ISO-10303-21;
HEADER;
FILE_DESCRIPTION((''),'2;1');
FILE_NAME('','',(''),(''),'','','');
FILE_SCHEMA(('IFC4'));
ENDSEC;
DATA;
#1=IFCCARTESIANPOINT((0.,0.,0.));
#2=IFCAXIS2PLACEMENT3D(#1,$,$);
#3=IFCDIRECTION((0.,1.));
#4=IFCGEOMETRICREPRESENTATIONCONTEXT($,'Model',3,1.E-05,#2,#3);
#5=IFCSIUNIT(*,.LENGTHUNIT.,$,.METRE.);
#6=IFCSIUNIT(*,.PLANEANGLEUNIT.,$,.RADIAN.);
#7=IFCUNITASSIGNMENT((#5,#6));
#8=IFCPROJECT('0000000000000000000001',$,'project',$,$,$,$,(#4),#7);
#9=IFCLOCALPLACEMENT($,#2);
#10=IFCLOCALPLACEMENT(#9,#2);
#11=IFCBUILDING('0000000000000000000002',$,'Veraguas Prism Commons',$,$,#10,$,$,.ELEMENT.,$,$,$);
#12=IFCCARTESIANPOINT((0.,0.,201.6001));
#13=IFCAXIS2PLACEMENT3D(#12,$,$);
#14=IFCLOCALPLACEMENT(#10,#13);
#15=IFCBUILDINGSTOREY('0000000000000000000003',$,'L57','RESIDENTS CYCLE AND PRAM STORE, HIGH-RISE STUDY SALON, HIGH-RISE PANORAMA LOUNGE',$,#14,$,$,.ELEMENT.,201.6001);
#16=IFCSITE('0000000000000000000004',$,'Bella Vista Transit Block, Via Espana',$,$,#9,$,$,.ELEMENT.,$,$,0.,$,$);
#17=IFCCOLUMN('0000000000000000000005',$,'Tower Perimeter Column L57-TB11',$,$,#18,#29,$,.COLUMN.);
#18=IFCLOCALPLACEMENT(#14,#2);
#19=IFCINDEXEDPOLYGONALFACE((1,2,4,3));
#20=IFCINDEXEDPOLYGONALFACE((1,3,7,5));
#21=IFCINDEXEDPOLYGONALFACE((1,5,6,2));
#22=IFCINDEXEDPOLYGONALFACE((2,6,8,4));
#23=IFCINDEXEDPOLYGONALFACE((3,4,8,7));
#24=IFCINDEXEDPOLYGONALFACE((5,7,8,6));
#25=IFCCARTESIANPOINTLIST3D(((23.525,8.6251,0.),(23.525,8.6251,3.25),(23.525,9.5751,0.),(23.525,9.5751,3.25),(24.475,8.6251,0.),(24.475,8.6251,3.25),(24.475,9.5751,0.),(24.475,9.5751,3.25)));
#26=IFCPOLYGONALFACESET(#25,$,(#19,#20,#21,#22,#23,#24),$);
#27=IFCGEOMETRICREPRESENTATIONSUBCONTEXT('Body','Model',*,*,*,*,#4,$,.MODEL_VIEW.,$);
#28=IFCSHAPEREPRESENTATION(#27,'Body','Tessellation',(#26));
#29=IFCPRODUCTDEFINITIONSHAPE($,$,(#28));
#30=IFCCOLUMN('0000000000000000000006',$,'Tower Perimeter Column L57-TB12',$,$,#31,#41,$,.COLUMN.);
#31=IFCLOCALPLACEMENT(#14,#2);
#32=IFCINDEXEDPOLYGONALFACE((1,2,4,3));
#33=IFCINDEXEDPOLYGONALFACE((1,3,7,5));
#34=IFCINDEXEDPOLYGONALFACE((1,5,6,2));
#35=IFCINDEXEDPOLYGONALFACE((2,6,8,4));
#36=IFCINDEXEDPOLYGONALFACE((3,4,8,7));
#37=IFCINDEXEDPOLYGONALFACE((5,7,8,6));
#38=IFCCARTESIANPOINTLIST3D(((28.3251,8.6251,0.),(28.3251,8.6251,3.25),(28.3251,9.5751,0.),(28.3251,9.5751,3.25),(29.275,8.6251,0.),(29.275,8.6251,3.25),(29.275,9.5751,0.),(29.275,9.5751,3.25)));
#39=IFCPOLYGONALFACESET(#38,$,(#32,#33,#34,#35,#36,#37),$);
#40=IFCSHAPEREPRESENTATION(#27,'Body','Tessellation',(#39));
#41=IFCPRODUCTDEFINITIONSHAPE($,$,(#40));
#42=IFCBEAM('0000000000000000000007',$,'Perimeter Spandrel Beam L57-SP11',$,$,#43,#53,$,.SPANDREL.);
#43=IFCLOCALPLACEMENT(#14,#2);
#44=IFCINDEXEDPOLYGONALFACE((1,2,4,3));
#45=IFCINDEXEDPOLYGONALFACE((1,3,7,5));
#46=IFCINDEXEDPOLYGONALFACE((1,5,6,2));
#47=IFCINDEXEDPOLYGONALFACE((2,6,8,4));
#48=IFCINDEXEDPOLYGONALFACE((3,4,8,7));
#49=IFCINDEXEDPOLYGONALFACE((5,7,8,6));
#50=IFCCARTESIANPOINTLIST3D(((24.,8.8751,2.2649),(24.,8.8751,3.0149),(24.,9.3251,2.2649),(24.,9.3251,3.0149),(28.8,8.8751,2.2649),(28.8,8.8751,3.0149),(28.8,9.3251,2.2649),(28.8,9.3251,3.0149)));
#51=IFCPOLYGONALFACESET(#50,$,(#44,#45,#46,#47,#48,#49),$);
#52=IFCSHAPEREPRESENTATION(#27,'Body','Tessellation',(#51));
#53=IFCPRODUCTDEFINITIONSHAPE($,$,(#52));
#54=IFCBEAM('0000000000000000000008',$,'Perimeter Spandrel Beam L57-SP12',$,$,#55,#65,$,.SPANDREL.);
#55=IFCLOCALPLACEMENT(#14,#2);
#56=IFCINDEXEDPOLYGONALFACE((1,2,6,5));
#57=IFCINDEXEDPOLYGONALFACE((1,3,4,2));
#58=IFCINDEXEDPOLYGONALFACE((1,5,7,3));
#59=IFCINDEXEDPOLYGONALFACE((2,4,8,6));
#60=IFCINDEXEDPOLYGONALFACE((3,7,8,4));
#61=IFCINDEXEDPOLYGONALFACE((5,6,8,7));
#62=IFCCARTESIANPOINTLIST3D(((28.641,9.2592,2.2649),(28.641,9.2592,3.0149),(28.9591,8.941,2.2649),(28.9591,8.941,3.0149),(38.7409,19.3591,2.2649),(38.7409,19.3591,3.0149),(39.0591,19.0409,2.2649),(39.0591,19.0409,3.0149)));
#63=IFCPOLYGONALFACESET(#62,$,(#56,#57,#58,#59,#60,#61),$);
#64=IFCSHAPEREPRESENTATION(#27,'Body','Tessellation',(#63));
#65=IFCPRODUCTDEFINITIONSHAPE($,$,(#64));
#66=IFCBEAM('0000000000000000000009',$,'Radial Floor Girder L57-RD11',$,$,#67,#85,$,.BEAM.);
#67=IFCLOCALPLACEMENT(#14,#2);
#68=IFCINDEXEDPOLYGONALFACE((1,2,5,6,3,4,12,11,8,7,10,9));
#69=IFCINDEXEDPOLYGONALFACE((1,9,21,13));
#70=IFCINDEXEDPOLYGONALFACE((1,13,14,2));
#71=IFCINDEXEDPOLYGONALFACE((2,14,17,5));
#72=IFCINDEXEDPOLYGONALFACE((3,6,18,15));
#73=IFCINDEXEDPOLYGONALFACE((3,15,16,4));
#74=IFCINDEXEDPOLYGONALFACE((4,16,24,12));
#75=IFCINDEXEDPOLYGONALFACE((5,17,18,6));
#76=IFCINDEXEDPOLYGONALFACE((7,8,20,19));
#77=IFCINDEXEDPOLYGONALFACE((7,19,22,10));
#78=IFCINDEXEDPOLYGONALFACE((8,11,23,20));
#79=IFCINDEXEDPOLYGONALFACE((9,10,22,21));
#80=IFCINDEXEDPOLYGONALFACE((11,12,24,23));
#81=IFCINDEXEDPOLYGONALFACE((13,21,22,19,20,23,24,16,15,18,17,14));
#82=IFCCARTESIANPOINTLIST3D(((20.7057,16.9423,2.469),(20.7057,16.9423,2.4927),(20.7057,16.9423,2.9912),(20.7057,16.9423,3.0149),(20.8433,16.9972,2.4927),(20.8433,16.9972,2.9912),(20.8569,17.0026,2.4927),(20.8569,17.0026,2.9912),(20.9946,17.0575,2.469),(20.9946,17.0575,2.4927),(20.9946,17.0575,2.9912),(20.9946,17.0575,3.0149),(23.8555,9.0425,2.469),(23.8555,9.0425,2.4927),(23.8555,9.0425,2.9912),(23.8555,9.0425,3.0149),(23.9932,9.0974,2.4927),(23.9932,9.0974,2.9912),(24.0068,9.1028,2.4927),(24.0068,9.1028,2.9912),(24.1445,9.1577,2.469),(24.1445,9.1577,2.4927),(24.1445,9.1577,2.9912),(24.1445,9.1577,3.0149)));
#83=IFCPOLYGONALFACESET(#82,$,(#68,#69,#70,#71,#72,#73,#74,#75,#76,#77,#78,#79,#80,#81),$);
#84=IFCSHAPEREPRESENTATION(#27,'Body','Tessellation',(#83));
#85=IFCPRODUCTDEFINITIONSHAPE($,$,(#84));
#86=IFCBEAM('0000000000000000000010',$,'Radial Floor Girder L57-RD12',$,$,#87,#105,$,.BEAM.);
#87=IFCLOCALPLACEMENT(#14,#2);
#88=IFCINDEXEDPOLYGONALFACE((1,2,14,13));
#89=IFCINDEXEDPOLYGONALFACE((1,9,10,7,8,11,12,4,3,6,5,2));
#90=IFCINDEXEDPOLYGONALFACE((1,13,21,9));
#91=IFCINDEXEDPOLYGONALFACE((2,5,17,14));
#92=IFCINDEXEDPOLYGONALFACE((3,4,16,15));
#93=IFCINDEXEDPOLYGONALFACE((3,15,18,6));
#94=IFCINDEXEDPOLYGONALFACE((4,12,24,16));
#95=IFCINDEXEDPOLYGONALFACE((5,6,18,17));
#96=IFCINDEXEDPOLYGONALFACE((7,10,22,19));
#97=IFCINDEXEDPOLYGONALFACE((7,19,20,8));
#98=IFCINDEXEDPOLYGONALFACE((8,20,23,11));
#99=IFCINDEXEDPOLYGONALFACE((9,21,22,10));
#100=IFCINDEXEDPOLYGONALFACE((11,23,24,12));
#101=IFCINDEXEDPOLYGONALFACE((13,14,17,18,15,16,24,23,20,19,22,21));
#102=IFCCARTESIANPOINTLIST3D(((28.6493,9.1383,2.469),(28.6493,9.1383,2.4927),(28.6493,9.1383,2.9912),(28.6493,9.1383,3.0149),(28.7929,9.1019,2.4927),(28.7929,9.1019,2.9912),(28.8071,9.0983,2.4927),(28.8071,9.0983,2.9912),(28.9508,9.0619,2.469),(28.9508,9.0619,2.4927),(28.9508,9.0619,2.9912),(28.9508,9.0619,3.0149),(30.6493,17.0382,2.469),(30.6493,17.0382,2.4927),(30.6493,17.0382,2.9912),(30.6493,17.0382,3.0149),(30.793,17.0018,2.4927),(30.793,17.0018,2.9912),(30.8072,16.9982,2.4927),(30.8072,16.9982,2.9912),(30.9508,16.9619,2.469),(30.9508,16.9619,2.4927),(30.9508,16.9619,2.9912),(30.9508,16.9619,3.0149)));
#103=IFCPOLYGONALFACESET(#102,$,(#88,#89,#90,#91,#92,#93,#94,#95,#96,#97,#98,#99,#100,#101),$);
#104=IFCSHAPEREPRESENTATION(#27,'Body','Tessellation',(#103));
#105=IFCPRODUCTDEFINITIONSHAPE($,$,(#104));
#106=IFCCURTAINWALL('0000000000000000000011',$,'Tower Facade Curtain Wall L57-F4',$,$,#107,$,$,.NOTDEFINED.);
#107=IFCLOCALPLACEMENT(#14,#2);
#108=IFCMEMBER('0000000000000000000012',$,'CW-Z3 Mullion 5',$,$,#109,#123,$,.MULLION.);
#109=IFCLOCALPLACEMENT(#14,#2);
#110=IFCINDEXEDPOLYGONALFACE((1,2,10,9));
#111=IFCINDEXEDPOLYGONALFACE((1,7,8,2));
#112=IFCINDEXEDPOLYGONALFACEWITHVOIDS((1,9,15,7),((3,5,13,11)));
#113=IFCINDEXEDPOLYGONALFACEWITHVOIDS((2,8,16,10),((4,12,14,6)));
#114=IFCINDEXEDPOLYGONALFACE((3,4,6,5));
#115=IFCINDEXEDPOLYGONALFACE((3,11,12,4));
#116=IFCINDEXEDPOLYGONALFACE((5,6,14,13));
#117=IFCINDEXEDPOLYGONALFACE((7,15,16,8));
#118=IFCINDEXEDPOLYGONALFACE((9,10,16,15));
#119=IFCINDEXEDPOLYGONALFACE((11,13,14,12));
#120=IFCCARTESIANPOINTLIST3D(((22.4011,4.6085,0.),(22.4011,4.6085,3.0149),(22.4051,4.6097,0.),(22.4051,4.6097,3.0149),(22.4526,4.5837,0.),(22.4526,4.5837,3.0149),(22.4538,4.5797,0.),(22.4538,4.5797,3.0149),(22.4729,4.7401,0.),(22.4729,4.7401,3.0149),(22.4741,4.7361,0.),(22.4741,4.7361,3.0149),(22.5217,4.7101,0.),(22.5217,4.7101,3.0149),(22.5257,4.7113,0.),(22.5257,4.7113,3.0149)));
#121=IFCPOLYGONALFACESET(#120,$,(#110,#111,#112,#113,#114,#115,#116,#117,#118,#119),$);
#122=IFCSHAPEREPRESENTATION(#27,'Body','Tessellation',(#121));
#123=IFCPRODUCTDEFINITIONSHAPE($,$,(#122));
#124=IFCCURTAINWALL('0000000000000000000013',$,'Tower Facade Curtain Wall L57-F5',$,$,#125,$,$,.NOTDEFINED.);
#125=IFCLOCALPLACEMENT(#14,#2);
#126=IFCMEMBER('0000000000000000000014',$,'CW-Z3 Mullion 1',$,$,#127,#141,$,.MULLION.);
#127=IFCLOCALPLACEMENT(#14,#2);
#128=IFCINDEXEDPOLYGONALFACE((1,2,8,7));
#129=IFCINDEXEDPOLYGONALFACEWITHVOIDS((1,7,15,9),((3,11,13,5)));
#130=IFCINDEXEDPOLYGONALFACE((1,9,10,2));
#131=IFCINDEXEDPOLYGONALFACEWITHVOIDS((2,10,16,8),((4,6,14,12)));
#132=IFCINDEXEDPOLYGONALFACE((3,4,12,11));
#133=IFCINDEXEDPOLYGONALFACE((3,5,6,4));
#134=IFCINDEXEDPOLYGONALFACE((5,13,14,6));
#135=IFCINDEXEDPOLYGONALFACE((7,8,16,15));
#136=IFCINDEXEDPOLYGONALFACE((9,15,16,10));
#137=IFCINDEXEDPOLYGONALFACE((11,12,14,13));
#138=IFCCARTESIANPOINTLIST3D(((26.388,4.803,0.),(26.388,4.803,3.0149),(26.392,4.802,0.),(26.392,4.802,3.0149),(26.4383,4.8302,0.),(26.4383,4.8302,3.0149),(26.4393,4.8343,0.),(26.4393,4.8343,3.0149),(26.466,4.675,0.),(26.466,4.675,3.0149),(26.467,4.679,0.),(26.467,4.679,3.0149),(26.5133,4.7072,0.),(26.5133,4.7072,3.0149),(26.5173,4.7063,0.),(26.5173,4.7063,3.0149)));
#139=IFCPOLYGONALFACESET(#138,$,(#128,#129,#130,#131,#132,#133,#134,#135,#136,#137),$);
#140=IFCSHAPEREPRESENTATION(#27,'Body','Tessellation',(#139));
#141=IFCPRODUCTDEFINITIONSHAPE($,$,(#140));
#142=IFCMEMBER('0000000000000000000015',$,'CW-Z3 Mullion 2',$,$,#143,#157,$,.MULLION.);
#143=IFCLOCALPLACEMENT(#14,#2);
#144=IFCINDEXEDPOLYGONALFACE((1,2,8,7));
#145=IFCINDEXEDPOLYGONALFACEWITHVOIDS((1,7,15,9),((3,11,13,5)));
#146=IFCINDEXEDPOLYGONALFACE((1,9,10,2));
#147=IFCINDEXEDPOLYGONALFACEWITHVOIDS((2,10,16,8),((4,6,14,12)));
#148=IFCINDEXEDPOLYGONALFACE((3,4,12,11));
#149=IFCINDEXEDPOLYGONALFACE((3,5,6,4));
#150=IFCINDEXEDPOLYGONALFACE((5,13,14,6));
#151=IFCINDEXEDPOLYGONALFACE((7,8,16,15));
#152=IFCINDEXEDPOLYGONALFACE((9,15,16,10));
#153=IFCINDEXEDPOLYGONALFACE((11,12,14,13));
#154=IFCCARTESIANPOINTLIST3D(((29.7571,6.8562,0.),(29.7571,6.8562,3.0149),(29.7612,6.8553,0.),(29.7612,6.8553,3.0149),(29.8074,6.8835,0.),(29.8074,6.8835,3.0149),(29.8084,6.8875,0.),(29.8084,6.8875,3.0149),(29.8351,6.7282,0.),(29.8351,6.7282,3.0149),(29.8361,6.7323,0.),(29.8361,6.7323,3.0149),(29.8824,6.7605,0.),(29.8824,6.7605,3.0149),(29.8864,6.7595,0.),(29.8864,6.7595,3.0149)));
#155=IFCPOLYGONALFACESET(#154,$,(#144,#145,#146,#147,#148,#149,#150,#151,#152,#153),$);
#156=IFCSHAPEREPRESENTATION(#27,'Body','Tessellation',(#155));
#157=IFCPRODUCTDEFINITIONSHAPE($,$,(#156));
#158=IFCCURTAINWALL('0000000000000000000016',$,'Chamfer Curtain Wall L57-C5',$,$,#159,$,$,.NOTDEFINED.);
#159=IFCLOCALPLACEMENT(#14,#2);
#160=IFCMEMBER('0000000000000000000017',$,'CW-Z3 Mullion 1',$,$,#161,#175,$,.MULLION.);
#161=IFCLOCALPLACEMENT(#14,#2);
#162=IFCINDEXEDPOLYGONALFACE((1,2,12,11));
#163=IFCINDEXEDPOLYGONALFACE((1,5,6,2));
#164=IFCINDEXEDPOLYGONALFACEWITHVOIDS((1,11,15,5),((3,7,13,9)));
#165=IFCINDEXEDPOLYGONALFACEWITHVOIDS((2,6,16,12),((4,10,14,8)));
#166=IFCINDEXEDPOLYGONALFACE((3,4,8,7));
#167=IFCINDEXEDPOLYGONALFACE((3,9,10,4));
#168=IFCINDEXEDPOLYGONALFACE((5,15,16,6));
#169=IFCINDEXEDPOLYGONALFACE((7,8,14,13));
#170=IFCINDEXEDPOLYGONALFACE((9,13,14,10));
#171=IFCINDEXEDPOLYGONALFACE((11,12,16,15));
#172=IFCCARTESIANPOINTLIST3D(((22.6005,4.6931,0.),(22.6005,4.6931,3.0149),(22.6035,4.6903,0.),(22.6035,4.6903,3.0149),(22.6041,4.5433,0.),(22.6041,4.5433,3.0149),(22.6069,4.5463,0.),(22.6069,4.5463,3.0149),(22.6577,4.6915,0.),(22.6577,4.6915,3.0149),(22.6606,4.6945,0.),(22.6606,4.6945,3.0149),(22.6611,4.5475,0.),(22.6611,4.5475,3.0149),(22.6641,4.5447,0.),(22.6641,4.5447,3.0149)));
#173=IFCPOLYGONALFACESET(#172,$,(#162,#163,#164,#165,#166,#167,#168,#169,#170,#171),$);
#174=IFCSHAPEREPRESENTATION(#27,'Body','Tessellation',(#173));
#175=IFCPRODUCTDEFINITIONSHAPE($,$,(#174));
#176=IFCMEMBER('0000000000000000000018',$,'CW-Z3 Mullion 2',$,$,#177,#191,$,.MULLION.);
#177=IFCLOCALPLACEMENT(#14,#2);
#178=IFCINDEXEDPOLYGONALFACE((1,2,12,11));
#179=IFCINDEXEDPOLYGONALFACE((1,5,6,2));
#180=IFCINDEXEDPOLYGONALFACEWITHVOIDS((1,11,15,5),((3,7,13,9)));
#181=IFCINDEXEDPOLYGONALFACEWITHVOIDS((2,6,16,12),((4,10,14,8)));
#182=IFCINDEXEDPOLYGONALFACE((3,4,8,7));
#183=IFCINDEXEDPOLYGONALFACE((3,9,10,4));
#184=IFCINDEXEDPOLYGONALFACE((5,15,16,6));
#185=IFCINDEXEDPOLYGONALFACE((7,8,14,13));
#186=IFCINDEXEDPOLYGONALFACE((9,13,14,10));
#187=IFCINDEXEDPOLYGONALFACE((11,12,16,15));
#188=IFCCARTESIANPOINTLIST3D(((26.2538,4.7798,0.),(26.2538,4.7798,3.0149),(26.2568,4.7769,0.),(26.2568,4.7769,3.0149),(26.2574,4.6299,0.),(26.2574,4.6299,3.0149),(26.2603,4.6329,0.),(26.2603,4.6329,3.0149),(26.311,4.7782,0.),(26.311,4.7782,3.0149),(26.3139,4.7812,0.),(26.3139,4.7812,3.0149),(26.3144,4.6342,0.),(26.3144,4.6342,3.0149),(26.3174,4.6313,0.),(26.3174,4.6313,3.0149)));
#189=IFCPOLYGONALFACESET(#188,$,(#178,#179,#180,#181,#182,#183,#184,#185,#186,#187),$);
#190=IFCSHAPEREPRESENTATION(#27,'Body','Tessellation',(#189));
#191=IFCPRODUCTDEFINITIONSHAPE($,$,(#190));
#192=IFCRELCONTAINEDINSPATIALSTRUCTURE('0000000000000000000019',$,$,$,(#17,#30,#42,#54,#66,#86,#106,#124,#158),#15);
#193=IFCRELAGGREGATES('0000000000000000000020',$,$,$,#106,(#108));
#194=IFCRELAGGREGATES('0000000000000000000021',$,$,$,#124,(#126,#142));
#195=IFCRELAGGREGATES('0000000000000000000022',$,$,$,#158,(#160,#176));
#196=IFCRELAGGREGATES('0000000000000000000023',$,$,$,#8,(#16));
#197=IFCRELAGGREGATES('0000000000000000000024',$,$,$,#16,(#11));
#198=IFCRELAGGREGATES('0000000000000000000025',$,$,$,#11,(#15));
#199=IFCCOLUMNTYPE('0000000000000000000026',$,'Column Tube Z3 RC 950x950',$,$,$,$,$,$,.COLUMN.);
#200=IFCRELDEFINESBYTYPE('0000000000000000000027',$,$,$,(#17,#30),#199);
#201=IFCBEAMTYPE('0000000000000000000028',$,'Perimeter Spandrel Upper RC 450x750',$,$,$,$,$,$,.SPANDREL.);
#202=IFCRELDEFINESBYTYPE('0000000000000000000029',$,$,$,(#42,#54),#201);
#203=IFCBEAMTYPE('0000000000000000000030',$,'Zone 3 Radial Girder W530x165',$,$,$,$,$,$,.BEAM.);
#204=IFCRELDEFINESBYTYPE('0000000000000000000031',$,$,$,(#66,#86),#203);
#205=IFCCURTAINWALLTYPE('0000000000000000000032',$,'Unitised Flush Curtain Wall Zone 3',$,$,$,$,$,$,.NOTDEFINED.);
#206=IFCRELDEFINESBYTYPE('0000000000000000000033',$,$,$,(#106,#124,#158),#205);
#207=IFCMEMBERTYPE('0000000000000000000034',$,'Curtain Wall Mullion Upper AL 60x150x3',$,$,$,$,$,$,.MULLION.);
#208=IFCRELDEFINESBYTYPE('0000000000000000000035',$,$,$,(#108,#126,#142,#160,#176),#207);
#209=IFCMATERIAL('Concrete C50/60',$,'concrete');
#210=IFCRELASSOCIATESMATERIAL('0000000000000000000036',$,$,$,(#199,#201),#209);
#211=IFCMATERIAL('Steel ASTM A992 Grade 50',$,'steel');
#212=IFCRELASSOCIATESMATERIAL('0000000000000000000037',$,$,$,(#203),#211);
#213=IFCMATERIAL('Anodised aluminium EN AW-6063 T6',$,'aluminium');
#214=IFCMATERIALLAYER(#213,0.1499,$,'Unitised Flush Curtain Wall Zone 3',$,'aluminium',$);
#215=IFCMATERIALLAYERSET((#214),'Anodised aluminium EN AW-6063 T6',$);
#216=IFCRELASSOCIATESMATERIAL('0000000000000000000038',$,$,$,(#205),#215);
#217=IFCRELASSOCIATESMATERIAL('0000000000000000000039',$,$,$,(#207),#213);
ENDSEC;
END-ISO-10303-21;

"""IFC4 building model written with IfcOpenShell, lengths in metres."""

from ifc_helpers import new_model, si_unit, direction, frame, origin, origin_2d, place, context, subcontext, project, spatial, rectangle, hollow_rectangle, i_section, extrude, source, transform, mapped, material, layer, layer_set, material_profile, profile_set, type_object, element, aggregate, save


model = new_model("IFC4")

# Units and contexts
model_context = context("Model", 3, precision=1e-05, world=origin(), true_north=direction((0.0, 1.0)))
body_context = subcontext(model_context, "Body", "Model", "MODEL_VIEW")
ifc_project = project(units=[si_unit("LENGTHUNIT", "METRE"), si_unit("PLANEANGLEUNIT", "RADIAN")], contexts=[model_context])

# Site, building, storey
site_placement = place(None, origin())
site = spatial("IfcSite", under=ifc_project, at=site_placement, Name="Bella Vista Transit Block, Via Espana", CompositionType="ELEMENT", RefElevation=0.0)
building_placement = place(site_placement, origin())
building = spatial("IfcBuilding", under=site, at=building_placement, Name="Veraguas Prism Commons", CompositionType="ELEMENT")
storey_placement = place(building_placement, frame((0.0, 0.0, 201.6001)))
storey = spatial("IfcBuildingStorey", under=building, at=storey_placement, Name="L57", Description="RESIDENTS CYCLE AND PRAM STORE, HIGH-RISE STUDY SALON, HIGH-RISE PANORAMA LOUNGE", CompositionType="ELEMENT", Elevation=201.6001)

# Columns
ifc_material_1 = material(Name="Concrete C50/60", Category="concrete")
ifc_material_profile_1 = material_profile(ifc_material_1, rectangle(XDim=0.95, YDim=0.95, at=origin_2d()), Name="RC950X950")
ifc_profile_set_1 = profile_set([ifc_material_profile_1], Name="Concrete C50/60")
column_type = type_object("IfcColumnType", Name="Column Tube Z3 RC 950x950", PredefinedType="COLUMN", material=ifc_profile_set_1)
for number, where, z_axis, x_axis, name in (
    (1, (24.0, 9.1001, 0.0), (0.0, 0.0, 1.0), (1.0, 0.0, 0.0), "Tower Perimeter Column L57-TB11"),
    (2, (28.8, 9.1001, 0.0), (0.0, 0.0, 1.0), (1.0, 0.0, 0.0), "Tower Perimeter Column L57-TB12"),
):
    element("IfcColumn", number, at=place(storey_placement, frame(where, z_axis=z_axis, x_axis=x_axis)), inside=storey, type_object=column_type, Name=name, PredefinedType="COLUMN", context=body_context, shape_type="SweptSolid", body=[
        extrude(rectangle(XDim=0.95, YDim=0.95, at=origin_2d()), origin(), (0.0, 0.0, 1.0), 3.25),
    ])

# Beams
ifc_material_profile_2 = material_profile(ifc_material_1, rectangle(XDim=0.45, YDim=0.75, at=origin_2d()), Name="RC450X750")
ifc_profile_set_2 = profile_set([ifc_material_profile_2], Name="Concrete C50/60")
beam_type_1 = type_object("IfcBeamType", Name="Perimeter Spandrel Upper RC 450x750", PredefinedType="SPANDREL", material=ifc_profile_set_2)
beam_1_placement = place(storey_placement, frame((24.0, 9.1001, 2.6399), z_axis=(1.0, 0.0, 0.0), x_axis=(0.0, 1.0, 0.0)))
element("IfcBeam", 3, at=beam_1_placement, inside=storey, type_object=beam_type_1, Name="Perimeter Spandrel Beam L57-SP11", PredefinedType="SPANDREL", context=body_context, shape_type="SweptSolid", body=[
    extrude(rectangle(XDim=0.45, YDim=0.75, at=origin_2d()), origin(), (0.0, 0.0, 1.0), 4.8),
])
beam_2_placement = place(storey_placement, frame((28.8, 9.1001, 2.6399), z_axis=(0.707107, 0.707107, 0.0), x_axis=(-0.707107, 0.707107, 0.0)))
element("IfcBeam", 4, at=beam_2_placement, inside=storey, type_object=beam_type_1, Name="Perimeter Spandrel Beam L57-SP12", PredefinedType="SPANDREL", context=body_context, shape_type="SweptSolid", body=[
    extrude(rectangle(XDim=0.45, YDim=0.75, at=origin_2d()), origin(), (0.0, 0.0, 1.0), 14.2834),
])
ifc_material_2 = material(Name="Steel ASTM A992 Grade 50", Category="steel")
ifc_material_profile_3 = material_profile(ifc_material_2, i_section(OverallWidth=0.311, OverallDepth=0.5459, WebThickness=0.0146, FlangeThickness=0.0237, at=origin_2d()), Name="W530X165")
ifc_profile_set_3 = profile_set([ifc_material_profile_3], Name="Steel ASTM A992 Grade 50")
beam_type_2 = type_object("IfcBeamType", Name="Zone 3 Radial Girder W530x165", PredefinedType="BEAM", material=ifc_profile_set_3)
beam_3_placement = place(storey_placement, frame((24.0, 9.1001, 2.7419), z_axis=(-0.370371, 0.928884, 0.0), x_axis=(-0.928884, -0.370371, 0.0)))
element("IfcBeam", 5, at=beam_3_placement, inside=storey, type_object=beam_type_2, Name="Radial Floor Girder L57-RD11", PredefinedType="BEAM", context=body_context, shape_type="SweptSolid", body=[
    extrude(i_section(OverallWidth=0.311, OverallDepth=0.5459, WebThickness=0.0146, FlangeThickness=0.0237, at=origin_2d()), origin(), (0.0, 0.0, 1.0), 8.5046),
])
beam_4_placement = place(storey_placement, frame((28.8, 9.1001, 2.7419), z_axis=(0.245425, 0.969416, 0.0), x_axis=(-0.969416, 0.245425, 0.0)))
element("IfcBeam", 6, at=beam_4_placement, inside=storey, type_object=beam_type_2, Name="Radial Floor Girder L57-RD12", PredefinedType="BEAM", context=body_context, shape_type="SweptSolid", body=[
    extrude(i_section(OverallWidth=0.311, OverallDepth=0.5459, WebThickness=0.0146, FlangeThickness=0.0237, at=origin_2d()), origin(), (0.0, 0.0, 1.0), 8.1492),
])

# Curtain wall, member
ifc_material_3 = material(Name="Anodised aluminium EN AW-6063 T6", Category="aluminium")
ifc_layer_1 = layer(ifc_material_3, 0.1499, Name="Unitised Flush Curtain Wall Zone 3", Category="aluminium")
ifc_layer_set_1 = layer_set([ifc_layer_1], Name="Anodised aluminium EN AW-6063 T6")
curtain_wall_type = type_object("IfcCurtainWallType", Name="Unitised Flush Curtain Wall Zone 3", PredefinedType="NOTDEFINED", material=ifc_layer_set_1)
curtain_wall_1_placement = place(storey_placement, origin())
curtain_wall_1 = element("IfcCurtainWall", 7, at=curtain_wall_1_placement, inside=storey, type_object=curtain_wall_type, Name="Tower Facade Curtain Wall L57-F4", PredefinedType="NOTDEFINED")
ifc_material_profile_4 = material_profile(ifc_material_3, hollow_rectangle(XDim=0.0601, YDim=0.1499, WallThickness=0.0029, at=origin_2d()), Name="AL60X150X3")
ifc_profile_set_4 = profile_set([ifc_material_profile_4], Name="Anodised aluminium EN AW-6063 T6")
member_type_1 = type_object("IfcMemberType", Name="Curtain Wall Mullion Upper AL 60x150x3", PredefinedType="MULLION", material=ifc_profile_set_4)
shared_shape_1 = source(origin(), body_context, "Body", "SweptSolid", [
    extrude(hollow_rectangle(XDim=0.0601, YDim=0.1499, WallThickness=0.0029, at=origin_2d()), origin(), (0.0, 0.0, 1.0), 3.0149),
])
member_1_placement = place(storey_placement, frame((22.4634, 4.6599, 0.0), z_axis=(0.0, 0.0, 1.0), x_axis=(0.877647, -0.479308, 0.0)))
member_1 = element("IfcMember", 8, at=member_1_placement, type_object=member_type_1, Name="CW-Z3 Mullion 5", PredefinedType="MULLION", context=body_context, shape_type="MappedRepresentation", body=[
    mapped(shared_shape_1, transform((0.0, 0.0, 0.0), scale=1.0)),
])
aggregate(curtain_wall_1, [member_1])

# Curtain walls, members
curtain_wall_2_placement = place(storey_placement, origin())
curtain_wall_2 = element("IfcCurtainWall", 9, at=curtain_wall_2_placement, inside=storey, type_object=curtain_wall_type, Name="Tower Facade Curtain Wall L57-F5", PredefinedType="NOTDEFINED")
member_2_placement = place(storey_placement, frame((26.4526, 4.7546, 0.0), z_axis=(0.0, 0.0, 1.0), x_axis=(0.853914, 0.520414, 0.0)))
member_2 = element("IfcMember", 10, at=member_2_placement, type_object=member_type_1, Name="CW-Z3 Mullion 1", PredefinedType="MULLION", context=body_context, shape_type="MappedRepresentation", body=[
    mapped(shared_shape_1, transform((0.0, 0.0, 0.0), scale=1.0)),
])
member_3_placement = place(storey_placement, frame((29.8218, 6.8079, 0.0), z_axis=(0.0, 0.0, 1.0), x_axis=(0.853914, 0.520414, 0.0)))
member_3 = element("IfcMember", 11, at=member_3_placement, type_object=member_type_1, Name="CW-Z3 Mullion 2", PredefinedType="MULLION", context=body_context, shape_type="MappedRepresentation", body=[
    mapped(shared_shape_1, transform((0.0, 0.0, 0.0), scale=1.0)),
])
curtain_wall_3_placement = place(storey_placement, origin())
curtain_wall_3 = element("IfcCurtainWall", 12, at=curtain_wall_3_placement, inside=storey, type_object=curtain_wall_type, Name="Chamfer Curtain Wall L57-C5", PredefinedType="NOTDEFINED")
member_4_placement = place(storey_placement, frame((22.6323, 4.6189, 0.0), z_axis=(0.0, 0.0, 1.0), x_axis=(0.999718, 0.023746, 0.0)))
member_4 = element("IfcMember", 13, at=member_4_placement, type_object=member_type_1, Name="CW-Z3 Mullion 1", PredefinedType="MULLION", context=body_context, shape_type="MappedRepresentation", body=[
    mapped(shared_shape_1, transform((0.0, 0.0, 0.0), scale=1.0)),
])
member_5_placement = place(storey_placement, frame((26.2856, 4.7056, 0.0), z_axis=(0.0, 0.0, 1.0), x_axis=(0.999718, 0.023746, 0.0)))
member_5 = element("IfcMember", 14, at=member_5_placement, type_object=member_type_1, Name="CW-Z3 Mullion 2", PredefinedType="MULLION", context=body_context, shape_type="MappedRepresentation", body=[
    mapped(shared_shape_1, transform((0.0, 0.0, 0.0), scale=1.0)),
])

aggregate(curtain_wall_2, [member_2, member_3])
aggregate(curtain_wall_3, [member_4, member_5])

save(model, "model.ifc")
